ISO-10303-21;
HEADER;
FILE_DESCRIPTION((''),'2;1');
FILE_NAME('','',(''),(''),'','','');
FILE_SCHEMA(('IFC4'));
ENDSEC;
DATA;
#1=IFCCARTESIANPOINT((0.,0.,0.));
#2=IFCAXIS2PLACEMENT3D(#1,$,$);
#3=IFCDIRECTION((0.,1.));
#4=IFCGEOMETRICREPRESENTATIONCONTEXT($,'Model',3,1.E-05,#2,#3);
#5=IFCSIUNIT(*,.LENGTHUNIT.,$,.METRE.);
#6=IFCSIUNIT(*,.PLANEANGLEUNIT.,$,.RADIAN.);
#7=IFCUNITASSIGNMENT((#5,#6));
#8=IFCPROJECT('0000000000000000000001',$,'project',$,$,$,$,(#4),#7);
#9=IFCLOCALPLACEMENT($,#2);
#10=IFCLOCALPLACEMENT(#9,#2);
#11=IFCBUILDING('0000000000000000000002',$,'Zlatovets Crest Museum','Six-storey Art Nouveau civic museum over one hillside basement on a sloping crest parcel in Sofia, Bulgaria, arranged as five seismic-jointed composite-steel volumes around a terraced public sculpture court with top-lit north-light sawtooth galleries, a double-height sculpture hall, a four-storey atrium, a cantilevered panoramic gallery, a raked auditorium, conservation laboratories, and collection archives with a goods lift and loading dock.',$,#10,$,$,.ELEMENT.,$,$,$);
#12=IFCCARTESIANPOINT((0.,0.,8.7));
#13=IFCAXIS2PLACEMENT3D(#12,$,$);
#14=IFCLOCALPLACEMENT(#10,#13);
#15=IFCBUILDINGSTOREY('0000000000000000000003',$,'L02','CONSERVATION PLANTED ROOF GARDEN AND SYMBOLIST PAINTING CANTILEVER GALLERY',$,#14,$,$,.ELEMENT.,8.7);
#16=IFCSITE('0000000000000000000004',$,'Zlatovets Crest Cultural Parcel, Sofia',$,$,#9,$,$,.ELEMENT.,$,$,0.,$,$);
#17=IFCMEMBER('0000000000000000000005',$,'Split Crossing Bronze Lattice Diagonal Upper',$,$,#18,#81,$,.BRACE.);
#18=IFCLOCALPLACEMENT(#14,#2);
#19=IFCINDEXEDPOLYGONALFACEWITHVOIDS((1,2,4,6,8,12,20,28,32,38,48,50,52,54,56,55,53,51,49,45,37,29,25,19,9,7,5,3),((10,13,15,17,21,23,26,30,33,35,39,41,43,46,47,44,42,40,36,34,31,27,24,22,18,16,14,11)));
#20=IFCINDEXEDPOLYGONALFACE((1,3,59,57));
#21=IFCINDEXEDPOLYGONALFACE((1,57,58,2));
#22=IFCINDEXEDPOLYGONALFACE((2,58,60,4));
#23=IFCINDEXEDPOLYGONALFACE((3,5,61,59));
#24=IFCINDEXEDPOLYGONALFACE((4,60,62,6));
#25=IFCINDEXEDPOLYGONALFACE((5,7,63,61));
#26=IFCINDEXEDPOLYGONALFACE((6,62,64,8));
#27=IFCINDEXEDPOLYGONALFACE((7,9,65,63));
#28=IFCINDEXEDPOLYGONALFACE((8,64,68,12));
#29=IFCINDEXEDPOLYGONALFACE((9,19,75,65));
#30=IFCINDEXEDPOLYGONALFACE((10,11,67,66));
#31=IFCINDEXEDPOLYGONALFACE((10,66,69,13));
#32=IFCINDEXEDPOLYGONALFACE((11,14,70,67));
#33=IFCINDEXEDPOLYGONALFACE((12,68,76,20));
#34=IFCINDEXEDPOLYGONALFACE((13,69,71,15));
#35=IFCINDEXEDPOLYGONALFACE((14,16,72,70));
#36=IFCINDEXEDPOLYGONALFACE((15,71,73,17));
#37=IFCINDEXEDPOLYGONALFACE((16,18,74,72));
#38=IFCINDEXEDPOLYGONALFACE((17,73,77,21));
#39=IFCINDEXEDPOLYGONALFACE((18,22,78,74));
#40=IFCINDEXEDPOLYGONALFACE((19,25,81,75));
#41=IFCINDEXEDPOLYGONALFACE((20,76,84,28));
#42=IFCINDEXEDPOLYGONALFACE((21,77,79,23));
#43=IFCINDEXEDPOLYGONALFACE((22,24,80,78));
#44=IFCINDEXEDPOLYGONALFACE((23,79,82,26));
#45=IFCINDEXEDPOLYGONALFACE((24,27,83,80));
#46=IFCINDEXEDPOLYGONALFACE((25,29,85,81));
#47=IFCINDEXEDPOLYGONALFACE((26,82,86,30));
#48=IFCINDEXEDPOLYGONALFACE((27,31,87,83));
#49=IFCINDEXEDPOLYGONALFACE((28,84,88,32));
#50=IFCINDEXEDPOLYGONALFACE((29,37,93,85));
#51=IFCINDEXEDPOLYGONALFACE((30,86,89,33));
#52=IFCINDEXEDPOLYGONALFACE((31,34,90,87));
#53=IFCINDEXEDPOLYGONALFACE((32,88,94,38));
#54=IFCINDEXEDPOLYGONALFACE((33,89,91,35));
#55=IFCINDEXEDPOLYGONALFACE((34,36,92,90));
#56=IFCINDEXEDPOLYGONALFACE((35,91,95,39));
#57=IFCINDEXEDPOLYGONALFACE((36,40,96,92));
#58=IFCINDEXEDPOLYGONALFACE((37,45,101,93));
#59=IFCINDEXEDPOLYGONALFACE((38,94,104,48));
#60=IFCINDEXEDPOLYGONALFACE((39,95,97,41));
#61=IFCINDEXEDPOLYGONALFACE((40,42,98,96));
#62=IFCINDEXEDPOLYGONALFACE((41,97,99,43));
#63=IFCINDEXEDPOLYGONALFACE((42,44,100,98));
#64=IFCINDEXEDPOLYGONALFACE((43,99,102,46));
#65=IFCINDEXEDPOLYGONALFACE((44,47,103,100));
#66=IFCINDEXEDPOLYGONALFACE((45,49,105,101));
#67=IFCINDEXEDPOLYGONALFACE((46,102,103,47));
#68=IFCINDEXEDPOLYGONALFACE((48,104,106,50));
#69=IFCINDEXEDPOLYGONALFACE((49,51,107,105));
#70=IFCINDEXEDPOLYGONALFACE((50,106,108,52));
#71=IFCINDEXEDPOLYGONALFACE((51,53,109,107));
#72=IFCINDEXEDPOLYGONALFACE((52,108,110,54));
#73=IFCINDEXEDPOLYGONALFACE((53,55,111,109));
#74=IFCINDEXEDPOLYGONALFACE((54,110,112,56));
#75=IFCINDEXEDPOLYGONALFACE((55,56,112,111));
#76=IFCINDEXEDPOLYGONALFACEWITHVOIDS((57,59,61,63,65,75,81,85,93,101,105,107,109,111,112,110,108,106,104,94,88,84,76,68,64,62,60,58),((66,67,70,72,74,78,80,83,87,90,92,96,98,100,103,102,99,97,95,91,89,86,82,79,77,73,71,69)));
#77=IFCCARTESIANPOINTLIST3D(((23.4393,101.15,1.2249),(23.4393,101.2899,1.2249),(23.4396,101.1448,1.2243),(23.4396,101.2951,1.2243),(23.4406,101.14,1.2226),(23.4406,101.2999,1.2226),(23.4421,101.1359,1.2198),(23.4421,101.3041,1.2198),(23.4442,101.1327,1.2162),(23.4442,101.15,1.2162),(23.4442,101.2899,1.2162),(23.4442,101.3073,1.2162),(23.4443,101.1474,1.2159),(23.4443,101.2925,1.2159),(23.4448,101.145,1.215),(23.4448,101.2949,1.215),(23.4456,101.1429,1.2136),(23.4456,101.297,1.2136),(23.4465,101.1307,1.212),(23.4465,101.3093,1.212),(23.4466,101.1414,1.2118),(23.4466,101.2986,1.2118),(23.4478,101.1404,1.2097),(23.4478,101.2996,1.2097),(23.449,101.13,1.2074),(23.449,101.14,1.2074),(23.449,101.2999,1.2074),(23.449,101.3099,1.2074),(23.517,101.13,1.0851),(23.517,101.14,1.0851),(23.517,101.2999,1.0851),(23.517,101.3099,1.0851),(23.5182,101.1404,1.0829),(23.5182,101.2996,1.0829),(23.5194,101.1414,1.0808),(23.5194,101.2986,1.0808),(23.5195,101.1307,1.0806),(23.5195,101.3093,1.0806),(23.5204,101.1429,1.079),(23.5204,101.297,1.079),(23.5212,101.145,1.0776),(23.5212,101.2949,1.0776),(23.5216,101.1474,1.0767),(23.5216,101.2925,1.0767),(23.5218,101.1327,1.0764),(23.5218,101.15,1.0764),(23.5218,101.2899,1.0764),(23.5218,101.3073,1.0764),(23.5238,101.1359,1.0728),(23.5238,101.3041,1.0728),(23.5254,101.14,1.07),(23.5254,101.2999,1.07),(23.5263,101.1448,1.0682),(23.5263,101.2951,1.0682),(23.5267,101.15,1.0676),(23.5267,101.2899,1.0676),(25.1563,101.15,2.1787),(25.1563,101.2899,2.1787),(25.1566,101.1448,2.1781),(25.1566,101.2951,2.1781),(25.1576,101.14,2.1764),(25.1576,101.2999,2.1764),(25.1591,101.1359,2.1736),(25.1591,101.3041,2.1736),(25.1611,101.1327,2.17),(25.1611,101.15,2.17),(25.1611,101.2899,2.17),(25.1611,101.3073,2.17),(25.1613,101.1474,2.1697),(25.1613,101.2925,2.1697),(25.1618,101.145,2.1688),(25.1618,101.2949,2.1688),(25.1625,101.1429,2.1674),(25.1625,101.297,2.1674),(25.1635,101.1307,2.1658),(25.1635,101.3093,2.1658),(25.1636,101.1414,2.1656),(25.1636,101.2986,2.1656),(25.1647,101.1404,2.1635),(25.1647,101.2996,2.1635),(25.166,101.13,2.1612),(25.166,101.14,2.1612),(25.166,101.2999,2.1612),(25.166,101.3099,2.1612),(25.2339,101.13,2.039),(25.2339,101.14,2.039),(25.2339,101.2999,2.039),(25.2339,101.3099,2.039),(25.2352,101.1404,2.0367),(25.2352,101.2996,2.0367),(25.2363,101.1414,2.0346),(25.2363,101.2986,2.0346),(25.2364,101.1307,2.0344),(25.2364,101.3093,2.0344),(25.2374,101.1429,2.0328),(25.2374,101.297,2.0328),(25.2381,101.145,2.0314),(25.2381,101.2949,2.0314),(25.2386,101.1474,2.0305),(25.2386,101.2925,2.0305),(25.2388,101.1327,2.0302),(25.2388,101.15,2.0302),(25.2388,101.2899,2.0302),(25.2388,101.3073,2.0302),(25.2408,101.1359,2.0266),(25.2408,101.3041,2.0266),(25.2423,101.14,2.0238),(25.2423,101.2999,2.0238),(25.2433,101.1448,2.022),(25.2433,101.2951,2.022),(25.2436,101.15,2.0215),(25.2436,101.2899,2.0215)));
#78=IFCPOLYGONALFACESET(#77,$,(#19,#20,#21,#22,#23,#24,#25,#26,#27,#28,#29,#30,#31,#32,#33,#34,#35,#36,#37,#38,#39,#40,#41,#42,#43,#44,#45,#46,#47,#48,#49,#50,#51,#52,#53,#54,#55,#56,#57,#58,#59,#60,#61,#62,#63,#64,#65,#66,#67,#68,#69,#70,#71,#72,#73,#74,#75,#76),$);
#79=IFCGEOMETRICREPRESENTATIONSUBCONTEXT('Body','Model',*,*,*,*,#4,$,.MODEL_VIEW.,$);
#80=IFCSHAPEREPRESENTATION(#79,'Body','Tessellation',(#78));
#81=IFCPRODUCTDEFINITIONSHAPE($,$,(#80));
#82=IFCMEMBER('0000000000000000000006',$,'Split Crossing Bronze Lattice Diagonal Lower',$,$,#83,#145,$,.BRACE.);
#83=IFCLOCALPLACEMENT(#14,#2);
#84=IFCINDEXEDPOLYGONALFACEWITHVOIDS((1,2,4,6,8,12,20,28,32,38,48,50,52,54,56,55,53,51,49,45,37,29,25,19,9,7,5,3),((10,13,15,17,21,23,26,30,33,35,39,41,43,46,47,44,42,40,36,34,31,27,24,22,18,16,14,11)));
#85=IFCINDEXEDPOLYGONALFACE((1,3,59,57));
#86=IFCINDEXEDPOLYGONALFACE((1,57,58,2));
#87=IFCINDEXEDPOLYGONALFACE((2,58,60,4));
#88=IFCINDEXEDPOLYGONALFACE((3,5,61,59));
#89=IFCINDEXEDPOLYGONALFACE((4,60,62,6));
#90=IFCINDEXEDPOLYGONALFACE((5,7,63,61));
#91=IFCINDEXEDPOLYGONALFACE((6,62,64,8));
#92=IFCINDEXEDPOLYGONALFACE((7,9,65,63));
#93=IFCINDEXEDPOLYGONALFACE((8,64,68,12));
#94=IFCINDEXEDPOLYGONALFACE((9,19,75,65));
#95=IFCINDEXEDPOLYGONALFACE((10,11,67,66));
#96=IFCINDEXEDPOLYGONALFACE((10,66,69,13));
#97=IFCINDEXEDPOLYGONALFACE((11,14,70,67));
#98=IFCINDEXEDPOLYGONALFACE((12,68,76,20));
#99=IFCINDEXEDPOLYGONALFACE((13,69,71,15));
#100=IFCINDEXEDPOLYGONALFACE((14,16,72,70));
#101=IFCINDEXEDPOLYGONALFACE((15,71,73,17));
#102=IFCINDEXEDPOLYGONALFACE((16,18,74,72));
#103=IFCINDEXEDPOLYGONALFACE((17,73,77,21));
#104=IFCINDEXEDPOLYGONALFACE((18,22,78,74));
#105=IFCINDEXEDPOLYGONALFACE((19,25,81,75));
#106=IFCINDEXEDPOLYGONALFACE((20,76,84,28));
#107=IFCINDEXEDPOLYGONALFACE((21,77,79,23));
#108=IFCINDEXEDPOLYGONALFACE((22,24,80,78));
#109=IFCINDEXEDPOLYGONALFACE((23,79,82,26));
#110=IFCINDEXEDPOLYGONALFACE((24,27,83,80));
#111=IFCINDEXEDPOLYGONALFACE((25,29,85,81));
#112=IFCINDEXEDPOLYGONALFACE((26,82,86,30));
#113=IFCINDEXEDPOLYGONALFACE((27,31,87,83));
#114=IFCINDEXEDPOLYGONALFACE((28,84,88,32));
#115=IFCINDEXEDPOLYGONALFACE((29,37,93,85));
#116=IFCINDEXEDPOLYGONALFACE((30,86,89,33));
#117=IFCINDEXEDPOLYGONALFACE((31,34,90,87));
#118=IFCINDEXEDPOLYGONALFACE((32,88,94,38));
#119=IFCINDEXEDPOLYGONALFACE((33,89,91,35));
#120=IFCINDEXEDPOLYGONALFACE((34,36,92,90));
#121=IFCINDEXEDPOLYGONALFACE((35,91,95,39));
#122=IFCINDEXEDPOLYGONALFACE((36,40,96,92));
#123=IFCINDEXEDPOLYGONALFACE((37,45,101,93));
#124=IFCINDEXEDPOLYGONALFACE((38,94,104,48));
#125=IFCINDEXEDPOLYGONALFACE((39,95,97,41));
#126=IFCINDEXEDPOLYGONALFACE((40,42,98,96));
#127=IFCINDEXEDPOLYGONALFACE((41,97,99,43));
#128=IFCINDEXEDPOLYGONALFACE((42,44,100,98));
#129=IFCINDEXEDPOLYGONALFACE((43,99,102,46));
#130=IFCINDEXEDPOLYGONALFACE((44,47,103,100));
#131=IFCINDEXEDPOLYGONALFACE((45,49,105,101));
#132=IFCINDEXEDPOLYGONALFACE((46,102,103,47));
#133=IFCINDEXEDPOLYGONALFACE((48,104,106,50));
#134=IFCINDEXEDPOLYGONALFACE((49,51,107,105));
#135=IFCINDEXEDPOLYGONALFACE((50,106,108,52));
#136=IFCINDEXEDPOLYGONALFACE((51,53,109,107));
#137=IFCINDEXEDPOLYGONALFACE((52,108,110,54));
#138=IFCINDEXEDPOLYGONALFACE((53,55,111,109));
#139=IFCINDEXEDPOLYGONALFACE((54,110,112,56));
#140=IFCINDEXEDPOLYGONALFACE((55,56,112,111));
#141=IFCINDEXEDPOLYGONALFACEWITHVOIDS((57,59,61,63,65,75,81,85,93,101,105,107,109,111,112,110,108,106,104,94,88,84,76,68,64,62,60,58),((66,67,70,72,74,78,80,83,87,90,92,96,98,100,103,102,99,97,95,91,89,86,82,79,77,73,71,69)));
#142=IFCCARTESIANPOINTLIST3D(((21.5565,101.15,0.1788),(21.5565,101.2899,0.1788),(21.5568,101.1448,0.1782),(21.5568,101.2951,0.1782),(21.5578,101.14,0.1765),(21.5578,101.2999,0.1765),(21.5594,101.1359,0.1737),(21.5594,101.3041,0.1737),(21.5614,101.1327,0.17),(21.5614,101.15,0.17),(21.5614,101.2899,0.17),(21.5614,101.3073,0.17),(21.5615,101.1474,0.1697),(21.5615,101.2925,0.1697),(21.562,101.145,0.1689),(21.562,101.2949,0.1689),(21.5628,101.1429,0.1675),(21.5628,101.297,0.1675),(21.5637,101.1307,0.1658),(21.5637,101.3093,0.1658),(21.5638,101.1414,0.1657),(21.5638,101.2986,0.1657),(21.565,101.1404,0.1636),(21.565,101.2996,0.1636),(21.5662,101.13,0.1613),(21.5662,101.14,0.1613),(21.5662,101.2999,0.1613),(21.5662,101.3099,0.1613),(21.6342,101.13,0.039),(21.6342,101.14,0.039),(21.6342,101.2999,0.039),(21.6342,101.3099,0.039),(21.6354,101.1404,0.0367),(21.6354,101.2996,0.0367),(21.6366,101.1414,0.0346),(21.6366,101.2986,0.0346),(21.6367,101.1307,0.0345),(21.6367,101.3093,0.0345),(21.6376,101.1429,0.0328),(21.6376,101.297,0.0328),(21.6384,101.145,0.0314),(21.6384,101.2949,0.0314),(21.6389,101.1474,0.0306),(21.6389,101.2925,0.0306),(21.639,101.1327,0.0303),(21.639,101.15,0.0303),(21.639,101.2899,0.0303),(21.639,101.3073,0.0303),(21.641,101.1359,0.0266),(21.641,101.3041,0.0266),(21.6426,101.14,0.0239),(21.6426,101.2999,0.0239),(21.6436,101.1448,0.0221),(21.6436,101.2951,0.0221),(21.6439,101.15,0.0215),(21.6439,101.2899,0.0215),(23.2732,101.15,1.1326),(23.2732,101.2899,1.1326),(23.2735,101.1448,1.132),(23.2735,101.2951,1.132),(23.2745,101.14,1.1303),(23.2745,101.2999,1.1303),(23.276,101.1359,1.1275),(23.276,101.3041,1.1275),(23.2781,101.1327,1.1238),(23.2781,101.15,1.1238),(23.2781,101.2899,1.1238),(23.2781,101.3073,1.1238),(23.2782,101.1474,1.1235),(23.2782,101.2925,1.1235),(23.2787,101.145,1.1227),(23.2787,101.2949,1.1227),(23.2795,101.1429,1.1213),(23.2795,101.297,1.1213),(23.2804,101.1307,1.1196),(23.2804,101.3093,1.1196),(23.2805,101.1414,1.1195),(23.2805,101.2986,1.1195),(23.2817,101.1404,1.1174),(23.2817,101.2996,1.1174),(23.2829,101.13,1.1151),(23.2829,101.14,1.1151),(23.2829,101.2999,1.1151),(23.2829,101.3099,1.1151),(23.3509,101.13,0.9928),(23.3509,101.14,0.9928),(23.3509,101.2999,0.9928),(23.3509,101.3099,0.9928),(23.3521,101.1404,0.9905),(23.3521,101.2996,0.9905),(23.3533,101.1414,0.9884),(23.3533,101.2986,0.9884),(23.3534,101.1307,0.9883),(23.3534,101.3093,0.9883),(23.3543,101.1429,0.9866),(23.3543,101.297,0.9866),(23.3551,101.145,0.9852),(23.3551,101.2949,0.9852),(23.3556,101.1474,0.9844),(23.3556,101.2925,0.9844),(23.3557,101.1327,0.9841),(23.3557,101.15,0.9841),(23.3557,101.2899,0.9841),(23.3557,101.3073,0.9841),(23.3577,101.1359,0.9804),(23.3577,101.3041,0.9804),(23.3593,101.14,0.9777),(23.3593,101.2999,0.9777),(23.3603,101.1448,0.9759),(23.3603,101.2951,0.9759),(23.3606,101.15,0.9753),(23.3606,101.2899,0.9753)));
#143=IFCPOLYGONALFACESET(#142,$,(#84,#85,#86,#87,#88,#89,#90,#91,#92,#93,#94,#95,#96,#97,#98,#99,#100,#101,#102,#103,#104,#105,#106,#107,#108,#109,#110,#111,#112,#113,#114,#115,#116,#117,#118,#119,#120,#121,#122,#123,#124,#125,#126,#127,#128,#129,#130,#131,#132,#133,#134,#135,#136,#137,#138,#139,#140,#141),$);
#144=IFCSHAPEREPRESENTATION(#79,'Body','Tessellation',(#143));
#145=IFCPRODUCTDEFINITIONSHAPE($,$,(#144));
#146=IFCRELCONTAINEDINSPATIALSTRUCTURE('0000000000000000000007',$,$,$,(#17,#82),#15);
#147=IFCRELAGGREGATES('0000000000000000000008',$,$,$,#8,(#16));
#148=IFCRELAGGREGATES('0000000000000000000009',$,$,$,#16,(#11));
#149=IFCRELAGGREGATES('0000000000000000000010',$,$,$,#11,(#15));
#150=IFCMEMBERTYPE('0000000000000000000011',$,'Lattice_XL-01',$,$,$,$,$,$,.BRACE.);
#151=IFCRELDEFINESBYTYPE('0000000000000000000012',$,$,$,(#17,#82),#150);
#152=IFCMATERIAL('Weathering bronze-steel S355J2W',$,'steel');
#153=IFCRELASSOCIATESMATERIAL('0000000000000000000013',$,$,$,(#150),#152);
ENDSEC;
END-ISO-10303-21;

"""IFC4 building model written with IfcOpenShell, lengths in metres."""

from ifc_helpers import new_model, si_unit, direction, frame, origin, origin_2d, place, context, subcontext, project, spatial, hollow_rectangle, extrude, material, material_profile, profile_set, type_object, element, save


model = new_model("IFC4")

# Units and contexts
model_context = context("Model", 3, precision=1e-05, world=origin(), true_north=direction((0.0, 1.0)))
body_context = subcontext(model_context, "Body", "Model", "MODEL_VIEW")
ifc_project = project(units=[si_unit("LENGTHUNIT", "METRE"), si_unit("PLANEANGLEUNIT", "RADIAN")], contexts=[model_context])

# Site, building, storey
site_placement = place(None, origin())
site = spatial("IfcSite", under=ifc_project, at=site_placement, Name="Zlatovets Crest Cultural Parcel, Sofia", CompositionType="ELEMENT", RefElevation=0.0)
building_placement = place(site_placement, origin())
building = spatial("IfcBuilding", under=site, at=building_placement, Name="Zlatovets Crest Museum", Description="Six-storey Art Nouveau civic museum over one hillside basement on a sloping crest parcel in Sofia, Bulgaria, arranged as five seismic-jointed composite-steel volumes around a terraced public sculpture court with top-lit north-light sawtooth galleries, a double-height sculpture hall, a four-storey atrium, a cantilevered panoramic gallery, a raked auditorium, conservation laboratories, and collection archives with a goods lift and loading dock.", CompositionType="ELEMENT")
storey_placement = place(building_placement, frame((0.0, 0.0, 8.7)))
storey = spatial("IfcBuildingStorey", under=building, at=storey_placement, Name="L02", Description="CONSERVATION PLANTED ROOF GARDEN AND SYMBOLIST PAINTING CANTILEVER GALLERY", CompositionType="ELEMENT", Elevation=8.7)

# Members
ifc_material_1 = material(Name="Weathering bronze-steel S355J2W", Category="steel")
ifc_material_profile_1 = material_profile(ifc_material_1, hollow_rectangle(XDim=0.1799, YDim=0.1799, WallThickness=0.01, InnerFilletRadius=0.01, OuterFilletRadius=0.02, at=origin_2d()), Name="SHS 180x180x10.0")
ifc_profile_set_1 = profile_set([ifc_material_profile_1], Name="Weathering bronze-steel S355J2W")
member_type_1 = type_object("IfcMemberType", Name="Lattice_XL-01", PredefinedType="BRACE", material=ifc_profile_set_1)
member_1_placement = place(storey_placement, frame((25.2, 101.22, 2.1001), z_axis=(-0.874169, 0.0, -0.485622), x_axis=(0.0, -1.0, 0.0)))
element("IfcMember", 1, at=member_1_placement, inside=storey, type_object=member_type_1, Name="Split Crossing Bronze Lattice Diagonal Upper", PredefinedType="BRACE", context=body_context, shape_type="SweptSolid", body=[
    extrude(hollow_rectangle(XDim=0.1799, YDim=0.1799, WallThickness=0.01, InnerFilletRadius=0.01, OuterFilletRadius=0.02, at=origin_2d()), origin(), (0.0, 0.0, 1.0), 1.9641),
])
member_2_placement = place(storey_placement, frame((23.3169, 101.22, 1.054), z_axis=(-0.87414, 0.0, -0.485675), x_axis=(0.0, -1.0, 0.0)))
element("IfcMember", 2, at=member_2_placement, inside=storey, type_object=member_type_1, Name="Split Crossing Bronze Lattice Diagonal Lower", PredefinedType="BRACE", context=body_context, shape_type="SweptSolid", body=[
    extrude(hollow_rectangle(XDim=0.1799, YDim=0.1799, WallThickness=0.01, InnerFilletRadius=0.01, OuterFilletRadius=0.02, at=origin_2d()), origin(), (0.0, 0.0, 1.0), 1.9639),
])

save(model, "model.ifc")
